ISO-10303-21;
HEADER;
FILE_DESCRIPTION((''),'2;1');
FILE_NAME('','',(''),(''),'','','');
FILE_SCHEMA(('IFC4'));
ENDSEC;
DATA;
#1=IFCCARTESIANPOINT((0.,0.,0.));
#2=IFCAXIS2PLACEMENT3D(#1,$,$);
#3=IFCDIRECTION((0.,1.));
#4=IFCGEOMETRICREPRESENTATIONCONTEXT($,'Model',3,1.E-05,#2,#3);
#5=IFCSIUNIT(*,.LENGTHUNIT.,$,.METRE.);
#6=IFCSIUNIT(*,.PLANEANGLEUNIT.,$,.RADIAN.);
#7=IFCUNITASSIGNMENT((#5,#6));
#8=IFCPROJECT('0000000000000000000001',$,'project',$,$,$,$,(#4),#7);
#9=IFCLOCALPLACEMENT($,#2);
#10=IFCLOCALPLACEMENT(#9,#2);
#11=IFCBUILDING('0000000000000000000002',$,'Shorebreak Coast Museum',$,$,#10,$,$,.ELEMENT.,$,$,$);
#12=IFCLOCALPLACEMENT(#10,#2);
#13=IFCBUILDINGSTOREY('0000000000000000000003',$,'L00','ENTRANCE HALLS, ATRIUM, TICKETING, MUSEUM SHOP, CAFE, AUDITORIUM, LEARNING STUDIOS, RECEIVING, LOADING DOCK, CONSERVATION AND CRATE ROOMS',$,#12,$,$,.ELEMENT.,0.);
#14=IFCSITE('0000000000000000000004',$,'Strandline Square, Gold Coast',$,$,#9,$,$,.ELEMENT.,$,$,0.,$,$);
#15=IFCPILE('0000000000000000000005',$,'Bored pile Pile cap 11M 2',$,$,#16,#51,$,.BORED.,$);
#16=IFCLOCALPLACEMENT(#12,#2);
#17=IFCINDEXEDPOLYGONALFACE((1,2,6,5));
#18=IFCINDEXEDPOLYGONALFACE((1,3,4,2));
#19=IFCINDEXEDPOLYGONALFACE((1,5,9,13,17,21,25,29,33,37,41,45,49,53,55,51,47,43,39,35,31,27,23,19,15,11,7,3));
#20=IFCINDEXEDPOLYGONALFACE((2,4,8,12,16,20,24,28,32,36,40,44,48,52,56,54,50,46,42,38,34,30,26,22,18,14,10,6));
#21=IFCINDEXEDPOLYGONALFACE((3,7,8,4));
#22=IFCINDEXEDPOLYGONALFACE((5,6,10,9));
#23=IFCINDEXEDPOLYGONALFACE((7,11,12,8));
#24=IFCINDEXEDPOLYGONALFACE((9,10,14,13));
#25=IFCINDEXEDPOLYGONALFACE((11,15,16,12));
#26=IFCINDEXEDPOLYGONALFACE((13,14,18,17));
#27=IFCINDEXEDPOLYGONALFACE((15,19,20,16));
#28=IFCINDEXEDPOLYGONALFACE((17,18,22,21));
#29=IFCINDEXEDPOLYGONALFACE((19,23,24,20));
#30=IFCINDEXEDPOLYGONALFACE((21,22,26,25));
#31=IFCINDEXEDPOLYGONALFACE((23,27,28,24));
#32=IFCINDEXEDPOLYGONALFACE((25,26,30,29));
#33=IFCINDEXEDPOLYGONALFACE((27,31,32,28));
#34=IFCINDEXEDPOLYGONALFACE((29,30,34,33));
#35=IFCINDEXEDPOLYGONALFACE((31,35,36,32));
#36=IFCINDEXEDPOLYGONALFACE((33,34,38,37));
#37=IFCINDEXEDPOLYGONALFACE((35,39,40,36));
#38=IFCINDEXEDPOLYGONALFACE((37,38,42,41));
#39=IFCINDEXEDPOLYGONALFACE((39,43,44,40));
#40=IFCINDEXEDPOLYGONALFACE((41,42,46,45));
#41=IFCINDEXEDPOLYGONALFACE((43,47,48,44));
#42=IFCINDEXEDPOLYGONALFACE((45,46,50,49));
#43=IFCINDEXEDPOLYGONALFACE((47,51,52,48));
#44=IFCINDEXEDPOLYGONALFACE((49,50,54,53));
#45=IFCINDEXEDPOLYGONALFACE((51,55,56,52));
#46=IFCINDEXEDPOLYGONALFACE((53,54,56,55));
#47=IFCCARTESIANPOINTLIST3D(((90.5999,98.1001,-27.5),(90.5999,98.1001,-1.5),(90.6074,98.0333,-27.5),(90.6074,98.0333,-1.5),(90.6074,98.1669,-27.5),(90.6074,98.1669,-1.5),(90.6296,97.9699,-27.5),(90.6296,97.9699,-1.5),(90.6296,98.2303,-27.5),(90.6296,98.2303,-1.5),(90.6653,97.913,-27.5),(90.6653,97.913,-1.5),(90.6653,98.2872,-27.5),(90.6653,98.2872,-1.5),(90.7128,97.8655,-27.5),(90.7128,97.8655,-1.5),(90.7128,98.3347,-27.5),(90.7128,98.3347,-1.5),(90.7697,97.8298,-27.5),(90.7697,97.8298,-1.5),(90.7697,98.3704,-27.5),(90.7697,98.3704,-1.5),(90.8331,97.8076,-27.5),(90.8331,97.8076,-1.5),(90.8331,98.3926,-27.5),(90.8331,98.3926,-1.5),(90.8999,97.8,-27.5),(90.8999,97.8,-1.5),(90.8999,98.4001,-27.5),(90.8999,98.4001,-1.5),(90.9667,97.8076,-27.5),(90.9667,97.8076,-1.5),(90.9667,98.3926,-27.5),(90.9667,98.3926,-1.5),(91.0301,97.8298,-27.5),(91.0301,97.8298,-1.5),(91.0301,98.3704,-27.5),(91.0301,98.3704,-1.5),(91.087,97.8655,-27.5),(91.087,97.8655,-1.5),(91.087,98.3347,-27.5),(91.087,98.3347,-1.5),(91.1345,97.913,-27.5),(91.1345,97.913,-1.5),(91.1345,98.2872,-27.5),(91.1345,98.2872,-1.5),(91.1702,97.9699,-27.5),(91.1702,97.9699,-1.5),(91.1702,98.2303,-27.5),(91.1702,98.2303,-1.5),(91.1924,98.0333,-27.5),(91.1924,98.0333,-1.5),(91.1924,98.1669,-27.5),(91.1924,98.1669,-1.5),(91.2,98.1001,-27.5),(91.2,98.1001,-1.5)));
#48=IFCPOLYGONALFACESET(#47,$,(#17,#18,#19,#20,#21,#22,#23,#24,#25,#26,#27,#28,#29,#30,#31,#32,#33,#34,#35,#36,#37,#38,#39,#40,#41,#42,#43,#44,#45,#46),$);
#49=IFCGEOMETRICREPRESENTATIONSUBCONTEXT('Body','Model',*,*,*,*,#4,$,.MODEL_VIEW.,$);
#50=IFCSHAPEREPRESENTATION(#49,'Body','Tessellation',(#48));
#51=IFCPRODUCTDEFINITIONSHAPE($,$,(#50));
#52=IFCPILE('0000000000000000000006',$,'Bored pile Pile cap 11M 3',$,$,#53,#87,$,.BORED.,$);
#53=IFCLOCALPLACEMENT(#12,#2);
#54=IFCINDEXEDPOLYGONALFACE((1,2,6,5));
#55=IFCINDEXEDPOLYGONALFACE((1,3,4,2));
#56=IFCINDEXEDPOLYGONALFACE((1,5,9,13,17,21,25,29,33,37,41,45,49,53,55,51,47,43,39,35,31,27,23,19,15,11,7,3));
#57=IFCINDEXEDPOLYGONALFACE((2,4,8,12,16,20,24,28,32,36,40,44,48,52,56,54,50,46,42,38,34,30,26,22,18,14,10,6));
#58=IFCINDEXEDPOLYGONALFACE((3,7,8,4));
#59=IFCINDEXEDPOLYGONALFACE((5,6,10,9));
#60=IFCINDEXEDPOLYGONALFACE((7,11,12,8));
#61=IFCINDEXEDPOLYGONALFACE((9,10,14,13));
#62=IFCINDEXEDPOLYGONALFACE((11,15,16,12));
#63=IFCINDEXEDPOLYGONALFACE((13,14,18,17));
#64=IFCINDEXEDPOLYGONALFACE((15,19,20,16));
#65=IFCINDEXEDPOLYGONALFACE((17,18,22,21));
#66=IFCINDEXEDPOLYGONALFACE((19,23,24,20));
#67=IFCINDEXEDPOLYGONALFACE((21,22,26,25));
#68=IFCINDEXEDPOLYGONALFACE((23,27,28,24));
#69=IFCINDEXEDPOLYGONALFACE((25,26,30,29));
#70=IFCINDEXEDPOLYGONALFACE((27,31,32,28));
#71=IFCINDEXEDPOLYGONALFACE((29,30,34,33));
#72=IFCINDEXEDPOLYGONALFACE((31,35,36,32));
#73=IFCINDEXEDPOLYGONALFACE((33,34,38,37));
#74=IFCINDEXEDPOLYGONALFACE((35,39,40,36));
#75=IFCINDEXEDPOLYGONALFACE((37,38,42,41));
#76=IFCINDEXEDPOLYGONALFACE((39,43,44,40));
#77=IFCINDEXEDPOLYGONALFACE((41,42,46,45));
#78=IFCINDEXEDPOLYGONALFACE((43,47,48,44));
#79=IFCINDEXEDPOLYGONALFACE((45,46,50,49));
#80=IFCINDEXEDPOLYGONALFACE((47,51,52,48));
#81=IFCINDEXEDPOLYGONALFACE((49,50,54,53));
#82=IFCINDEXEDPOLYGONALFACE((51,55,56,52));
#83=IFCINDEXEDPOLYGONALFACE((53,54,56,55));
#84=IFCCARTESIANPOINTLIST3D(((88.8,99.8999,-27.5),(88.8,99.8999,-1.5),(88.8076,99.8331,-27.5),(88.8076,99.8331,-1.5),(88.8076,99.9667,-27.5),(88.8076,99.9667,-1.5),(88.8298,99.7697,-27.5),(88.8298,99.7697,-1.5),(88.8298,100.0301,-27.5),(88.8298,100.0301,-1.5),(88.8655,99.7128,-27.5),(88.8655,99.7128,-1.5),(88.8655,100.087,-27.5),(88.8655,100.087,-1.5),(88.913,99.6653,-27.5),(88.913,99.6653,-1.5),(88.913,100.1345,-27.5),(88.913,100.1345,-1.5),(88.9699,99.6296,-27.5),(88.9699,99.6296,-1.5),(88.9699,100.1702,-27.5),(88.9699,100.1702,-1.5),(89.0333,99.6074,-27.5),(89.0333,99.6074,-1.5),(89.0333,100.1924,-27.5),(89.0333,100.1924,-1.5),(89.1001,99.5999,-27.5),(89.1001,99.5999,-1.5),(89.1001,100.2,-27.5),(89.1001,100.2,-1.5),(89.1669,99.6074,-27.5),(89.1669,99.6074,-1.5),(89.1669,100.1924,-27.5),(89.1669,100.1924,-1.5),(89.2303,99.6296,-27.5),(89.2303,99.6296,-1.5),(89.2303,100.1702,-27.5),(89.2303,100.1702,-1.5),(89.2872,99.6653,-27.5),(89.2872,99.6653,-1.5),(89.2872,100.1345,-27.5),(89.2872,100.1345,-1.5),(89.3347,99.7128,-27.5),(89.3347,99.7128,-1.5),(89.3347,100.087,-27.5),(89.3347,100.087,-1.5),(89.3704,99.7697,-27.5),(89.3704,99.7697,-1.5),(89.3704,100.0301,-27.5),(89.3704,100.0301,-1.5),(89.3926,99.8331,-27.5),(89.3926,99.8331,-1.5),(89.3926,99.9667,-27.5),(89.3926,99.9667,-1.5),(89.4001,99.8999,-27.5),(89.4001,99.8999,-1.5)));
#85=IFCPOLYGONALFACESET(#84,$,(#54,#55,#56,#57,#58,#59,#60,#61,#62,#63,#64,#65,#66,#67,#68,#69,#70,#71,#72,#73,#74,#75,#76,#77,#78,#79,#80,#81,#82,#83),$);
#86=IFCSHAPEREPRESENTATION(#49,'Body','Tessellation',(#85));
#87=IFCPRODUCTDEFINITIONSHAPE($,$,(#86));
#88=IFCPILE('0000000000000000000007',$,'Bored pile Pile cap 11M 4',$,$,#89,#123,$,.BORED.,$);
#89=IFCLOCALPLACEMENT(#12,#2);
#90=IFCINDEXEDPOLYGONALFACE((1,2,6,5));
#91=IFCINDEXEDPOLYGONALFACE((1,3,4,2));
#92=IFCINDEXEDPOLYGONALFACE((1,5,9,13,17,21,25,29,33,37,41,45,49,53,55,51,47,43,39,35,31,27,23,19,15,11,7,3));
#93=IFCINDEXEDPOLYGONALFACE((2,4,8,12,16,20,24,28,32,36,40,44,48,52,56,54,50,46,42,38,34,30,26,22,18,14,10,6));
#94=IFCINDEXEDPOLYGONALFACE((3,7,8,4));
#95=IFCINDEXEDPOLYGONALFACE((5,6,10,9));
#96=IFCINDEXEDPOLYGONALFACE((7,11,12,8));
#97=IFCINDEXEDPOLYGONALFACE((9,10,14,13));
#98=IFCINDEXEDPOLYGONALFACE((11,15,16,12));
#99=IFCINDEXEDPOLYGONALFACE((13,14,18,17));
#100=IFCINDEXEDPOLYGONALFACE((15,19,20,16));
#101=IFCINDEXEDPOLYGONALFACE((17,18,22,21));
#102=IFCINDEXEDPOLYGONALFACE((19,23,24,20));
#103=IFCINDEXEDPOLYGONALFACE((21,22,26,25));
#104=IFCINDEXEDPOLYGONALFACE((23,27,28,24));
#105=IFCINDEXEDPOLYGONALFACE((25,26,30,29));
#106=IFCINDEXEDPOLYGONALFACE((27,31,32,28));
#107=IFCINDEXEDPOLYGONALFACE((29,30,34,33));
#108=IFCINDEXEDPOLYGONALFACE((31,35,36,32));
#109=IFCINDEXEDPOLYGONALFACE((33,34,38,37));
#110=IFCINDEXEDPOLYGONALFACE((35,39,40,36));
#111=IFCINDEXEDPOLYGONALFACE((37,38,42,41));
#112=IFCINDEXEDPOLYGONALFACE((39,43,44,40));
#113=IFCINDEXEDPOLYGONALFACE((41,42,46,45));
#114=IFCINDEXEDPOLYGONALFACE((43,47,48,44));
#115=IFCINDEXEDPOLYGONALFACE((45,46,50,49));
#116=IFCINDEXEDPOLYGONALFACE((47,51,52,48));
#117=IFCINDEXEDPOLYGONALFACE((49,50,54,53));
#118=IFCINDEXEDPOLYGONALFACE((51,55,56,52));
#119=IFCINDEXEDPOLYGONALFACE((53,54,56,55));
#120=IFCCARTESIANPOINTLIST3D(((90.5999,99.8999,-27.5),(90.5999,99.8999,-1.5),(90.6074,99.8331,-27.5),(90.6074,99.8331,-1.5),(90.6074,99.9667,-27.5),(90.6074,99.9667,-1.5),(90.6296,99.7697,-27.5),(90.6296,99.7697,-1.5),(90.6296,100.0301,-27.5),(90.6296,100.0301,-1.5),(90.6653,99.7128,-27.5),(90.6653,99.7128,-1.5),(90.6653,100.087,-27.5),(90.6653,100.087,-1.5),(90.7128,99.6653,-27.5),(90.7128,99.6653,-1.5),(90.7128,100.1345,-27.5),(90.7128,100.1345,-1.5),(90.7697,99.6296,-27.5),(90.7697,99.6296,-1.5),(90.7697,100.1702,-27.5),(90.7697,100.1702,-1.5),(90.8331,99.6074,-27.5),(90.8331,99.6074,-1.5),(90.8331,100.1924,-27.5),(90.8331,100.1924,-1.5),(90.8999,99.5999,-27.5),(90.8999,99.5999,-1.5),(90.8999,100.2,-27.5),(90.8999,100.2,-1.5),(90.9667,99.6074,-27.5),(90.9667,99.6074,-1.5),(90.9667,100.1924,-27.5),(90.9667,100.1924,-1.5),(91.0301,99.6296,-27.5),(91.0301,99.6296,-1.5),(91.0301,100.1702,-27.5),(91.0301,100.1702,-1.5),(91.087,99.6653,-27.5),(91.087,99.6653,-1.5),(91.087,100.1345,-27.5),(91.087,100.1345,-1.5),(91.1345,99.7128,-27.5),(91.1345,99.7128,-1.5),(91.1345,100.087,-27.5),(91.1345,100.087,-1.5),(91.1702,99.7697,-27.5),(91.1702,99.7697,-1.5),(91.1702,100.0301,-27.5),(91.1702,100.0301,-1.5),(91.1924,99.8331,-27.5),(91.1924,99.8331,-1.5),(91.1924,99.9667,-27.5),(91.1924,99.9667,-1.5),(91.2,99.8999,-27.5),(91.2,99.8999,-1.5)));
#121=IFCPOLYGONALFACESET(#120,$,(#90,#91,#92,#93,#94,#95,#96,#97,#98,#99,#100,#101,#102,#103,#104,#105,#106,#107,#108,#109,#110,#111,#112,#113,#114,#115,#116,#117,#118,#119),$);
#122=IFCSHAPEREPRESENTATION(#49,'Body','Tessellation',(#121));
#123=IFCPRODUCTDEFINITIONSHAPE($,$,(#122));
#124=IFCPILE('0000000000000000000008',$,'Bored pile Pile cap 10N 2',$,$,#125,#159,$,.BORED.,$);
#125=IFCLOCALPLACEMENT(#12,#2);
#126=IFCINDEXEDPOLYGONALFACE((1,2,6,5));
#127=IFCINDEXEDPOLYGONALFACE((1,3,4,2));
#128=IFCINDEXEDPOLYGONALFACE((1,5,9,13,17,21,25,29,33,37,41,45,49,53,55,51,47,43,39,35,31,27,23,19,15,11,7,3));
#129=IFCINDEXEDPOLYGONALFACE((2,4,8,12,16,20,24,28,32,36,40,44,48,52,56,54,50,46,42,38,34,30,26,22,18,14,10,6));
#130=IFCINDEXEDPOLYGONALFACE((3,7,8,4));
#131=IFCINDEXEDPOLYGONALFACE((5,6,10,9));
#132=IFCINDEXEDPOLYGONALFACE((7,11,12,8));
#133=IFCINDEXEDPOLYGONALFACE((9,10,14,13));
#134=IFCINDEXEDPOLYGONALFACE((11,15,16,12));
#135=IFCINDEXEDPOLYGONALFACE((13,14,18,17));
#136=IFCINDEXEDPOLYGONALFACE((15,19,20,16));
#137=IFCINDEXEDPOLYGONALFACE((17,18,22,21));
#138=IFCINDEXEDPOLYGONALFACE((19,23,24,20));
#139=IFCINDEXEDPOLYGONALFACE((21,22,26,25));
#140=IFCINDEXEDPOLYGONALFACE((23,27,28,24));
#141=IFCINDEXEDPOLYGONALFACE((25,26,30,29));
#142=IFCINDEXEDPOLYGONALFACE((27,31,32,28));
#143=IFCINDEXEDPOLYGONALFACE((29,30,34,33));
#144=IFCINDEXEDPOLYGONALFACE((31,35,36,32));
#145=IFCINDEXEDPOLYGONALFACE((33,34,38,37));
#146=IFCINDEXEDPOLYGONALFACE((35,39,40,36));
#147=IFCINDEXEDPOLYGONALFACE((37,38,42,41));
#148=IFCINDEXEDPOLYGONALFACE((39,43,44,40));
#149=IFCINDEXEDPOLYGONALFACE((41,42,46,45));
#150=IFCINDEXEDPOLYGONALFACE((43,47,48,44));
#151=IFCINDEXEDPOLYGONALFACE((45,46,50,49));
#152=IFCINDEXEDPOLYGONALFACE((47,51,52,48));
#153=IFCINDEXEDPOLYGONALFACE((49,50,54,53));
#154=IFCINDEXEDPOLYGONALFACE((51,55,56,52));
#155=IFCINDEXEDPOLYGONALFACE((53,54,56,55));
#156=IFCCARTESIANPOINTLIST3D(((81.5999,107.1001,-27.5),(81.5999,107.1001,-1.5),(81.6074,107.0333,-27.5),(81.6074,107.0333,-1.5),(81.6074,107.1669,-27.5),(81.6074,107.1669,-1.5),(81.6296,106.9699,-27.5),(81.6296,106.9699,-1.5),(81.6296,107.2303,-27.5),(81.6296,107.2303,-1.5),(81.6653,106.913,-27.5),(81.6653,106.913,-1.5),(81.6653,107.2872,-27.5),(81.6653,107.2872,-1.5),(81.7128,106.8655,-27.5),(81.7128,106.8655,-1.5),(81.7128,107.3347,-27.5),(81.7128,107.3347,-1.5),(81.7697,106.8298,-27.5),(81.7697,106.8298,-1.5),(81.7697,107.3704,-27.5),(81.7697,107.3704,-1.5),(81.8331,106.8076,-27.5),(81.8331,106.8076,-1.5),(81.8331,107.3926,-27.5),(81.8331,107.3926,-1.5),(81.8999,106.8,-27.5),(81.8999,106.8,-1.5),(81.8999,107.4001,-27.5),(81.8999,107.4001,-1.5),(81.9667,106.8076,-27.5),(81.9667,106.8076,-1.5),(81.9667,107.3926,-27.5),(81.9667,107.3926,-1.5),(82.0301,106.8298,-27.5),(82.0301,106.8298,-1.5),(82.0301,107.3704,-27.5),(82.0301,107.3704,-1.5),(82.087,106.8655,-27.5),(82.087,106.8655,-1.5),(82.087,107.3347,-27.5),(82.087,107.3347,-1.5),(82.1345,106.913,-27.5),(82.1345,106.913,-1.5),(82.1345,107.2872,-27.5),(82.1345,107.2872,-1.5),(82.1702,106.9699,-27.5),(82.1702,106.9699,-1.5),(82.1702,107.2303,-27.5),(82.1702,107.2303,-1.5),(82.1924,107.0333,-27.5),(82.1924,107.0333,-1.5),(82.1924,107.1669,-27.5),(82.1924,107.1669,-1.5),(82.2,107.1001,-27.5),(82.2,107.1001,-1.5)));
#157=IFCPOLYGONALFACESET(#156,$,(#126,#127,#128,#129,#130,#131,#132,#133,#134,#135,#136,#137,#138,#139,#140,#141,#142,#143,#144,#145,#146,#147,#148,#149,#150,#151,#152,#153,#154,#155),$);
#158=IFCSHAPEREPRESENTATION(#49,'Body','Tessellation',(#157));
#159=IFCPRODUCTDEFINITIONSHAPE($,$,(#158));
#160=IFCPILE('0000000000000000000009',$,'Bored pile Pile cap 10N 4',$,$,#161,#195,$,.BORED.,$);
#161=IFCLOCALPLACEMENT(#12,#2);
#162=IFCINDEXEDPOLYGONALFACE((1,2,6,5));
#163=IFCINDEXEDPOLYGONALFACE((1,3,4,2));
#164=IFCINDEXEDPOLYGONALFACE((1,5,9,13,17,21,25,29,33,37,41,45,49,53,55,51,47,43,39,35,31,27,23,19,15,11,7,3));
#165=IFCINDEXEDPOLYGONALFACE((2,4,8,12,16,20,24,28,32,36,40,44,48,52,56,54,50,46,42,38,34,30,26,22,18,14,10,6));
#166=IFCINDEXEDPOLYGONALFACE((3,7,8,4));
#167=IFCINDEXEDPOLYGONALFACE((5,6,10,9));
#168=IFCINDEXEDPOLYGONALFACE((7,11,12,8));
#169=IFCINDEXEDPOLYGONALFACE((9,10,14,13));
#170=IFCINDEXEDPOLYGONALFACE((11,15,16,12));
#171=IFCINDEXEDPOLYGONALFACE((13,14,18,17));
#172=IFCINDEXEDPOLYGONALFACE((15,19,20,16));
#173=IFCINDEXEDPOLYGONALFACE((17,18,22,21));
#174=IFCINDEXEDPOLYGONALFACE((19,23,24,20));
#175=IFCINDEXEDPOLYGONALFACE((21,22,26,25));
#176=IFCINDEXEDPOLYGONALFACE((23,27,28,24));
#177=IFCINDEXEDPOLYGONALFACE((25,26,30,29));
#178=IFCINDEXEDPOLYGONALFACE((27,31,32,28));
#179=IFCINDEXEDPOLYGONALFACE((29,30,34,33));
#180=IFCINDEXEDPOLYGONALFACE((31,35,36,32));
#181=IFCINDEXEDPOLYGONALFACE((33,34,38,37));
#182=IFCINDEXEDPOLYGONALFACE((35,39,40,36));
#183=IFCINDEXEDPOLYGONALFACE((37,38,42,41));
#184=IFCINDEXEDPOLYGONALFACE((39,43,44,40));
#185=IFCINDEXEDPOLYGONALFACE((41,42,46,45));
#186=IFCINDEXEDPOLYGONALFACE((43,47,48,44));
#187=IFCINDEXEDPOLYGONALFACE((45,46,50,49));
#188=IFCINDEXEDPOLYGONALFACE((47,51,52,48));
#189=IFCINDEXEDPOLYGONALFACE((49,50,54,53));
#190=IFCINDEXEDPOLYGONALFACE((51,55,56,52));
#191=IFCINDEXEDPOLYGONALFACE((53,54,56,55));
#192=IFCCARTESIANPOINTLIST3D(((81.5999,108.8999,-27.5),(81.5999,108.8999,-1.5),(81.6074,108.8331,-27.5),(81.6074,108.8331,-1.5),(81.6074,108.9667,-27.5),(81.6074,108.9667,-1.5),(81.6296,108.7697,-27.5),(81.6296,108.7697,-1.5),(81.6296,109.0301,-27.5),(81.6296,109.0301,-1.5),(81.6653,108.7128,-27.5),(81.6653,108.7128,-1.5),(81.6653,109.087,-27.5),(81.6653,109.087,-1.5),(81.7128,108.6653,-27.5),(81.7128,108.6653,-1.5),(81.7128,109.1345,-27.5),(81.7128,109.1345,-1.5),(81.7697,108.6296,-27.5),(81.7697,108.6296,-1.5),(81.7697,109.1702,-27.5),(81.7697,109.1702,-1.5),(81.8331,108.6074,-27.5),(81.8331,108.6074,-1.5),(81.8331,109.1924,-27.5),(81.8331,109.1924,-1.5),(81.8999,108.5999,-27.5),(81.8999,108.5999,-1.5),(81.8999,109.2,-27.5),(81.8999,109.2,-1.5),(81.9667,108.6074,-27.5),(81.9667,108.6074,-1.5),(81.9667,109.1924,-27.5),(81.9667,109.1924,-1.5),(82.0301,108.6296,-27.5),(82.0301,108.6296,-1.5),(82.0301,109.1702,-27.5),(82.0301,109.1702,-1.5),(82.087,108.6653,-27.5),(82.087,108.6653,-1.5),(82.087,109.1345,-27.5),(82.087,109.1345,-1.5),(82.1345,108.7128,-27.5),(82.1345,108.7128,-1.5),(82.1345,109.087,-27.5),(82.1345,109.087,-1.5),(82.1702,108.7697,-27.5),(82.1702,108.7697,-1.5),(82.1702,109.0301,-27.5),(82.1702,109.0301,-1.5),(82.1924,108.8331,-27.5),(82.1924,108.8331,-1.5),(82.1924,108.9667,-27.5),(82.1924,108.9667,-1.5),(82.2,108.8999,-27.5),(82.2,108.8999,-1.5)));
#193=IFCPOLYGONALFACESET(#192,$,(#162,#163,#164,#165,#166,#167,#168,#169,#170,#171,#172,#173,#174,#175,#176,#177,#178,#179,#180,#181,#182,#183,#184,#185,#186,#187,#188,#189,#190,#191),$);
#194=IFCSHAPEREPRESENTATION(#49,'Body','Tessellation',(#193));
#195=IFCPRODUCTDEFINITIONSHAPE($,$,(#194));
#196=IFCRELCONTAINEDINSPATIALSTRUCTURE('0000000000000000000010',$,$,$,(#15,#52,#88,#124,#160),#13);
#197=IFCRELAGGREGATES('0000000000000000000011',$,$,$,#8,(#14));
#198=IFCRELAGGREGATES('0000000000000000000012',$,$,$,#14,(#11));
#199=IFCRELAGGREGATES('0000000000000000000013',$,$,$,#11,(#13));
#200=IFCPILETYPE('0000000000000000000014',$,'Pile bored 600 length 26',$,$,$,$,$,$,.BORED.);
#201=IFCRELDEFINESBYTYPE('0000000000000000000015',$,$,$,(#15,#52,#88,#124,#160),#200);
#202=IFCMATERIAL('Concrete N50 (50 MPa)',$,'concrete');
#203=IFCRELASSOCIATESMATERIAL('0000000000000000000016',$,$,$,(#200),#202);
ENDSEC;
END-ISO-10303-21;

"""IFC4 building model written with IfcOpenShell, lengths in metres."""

from ifc_helpers import new_model, si_unit, direction, frame, origin, origin_2d, place, context, subcontext, project, spatial, circle, extrude, material, material_profile, profile_set, type_object, element, save


model = new_model("IFC4")

# Units and contexts
model_context = context("Model", 3, precision=1e-05, world=origin(), true_north=direction((0.0, 1.0)))
body_context = subcontext(model_context, "Body", "Model", "MODEL_VIEW")
ifc_project = project(units=[si_unit("LENGTHUNIT", "METRE"), si_unit("PLANEANGLEUNIT", "RADIAN")], contexts=[model_context])

# Site, building, storey
site_placement = place(None, origin())
site = spatial("IfcSite", under=ifc_project, at=site_placement, Name="Strandline Square, Gold Coast", CompositionType="ELEMENT", RefElevation=0.0)
building_placement = place(site_placement, origin())
building = spatial("IfcBuilding", under=site, at=building_placement, Name="Shorebreak Coast Museum", CompositionType="ELEMENT")
storey_placement = place(building_placement, origin())
storey = spatial("IfcBuildingStorey", under=building, at=storey_placement, Name="L00", Description="ENTRANCE HALLS, ATRIUM, TICKETING, MUSEUM SHOP, CAFE, AUDITORIUM, LEARNING STUDIOS, RECEIVING, LOADING DOCK, CONSERVATION AND CRATE ROOMS", CompositionType="ELEMENT", Elevation=0.0)

# Piles
ifc_material_1 = material(Name="Concrete N50 (50 MPa)", Category="concrete")
ifc_material_profile_1 = material_profile(ifc_material_1, circle(Radius=0.3, at=origin_2d()), Name="Pile bored 600 length 26")
ifc_profile_set_1 = profile_set([ifc_material_profile_1], Name="Concrete N50 (50 MPa)")
pile_type_1 = type_object("IfcPileType", Name="Pile bored 600 length 26", PredefinedType="BORED", material=ifc_profile_set_1)
for number, where, z_axis, x_axis, name in (
    (1, (90.8999, 98.1001, -1.5), (0.0, 0.0, -1.0), (1.0, 0.0, 0.0), "Bored pile Pile cap 11M 2"),
    (2, (89.1001, 99.8999, -1.5), (0.0, 0.0, -1.0), (1.0, 0.0, 0.0), "Bored pile Pile cap 11M 3"),
    (3, (90.8999, 99.8999, -1.5), (0.0, 0.0, -1.0), (1.0, 0.0, 0.0), "Bored pile Pile cap 11M 4"),
    (4, (81.8999, 107.1001, -1.5), (0.0, 0.0, -1.0), (1.0, 0.0, 0.0), "Bored pile Pile cap 10N 2"),
    (5, (81.8999, 108.8999, -1.5), (0.0, 0.0, -1.0), (1.0, 0.0, 0.0), "Bored pile Pile cap 10N 4"),
):
    element("IfcPile", number, at=place(storey_placement, frame(where, z_axis=z_axis, x_axis=x_axis)), inside=storey, type_object=pile_type_1, Name=name, PredefinedType="BORED", context=body_context, shape_type="SweptSolid", body=[
        extrude(circle(Radius=0.3, at=origin_2d()), origin(), (0.0, 0.0, 1.0), 26.0),
    ])

save(model, "model.ifc")
